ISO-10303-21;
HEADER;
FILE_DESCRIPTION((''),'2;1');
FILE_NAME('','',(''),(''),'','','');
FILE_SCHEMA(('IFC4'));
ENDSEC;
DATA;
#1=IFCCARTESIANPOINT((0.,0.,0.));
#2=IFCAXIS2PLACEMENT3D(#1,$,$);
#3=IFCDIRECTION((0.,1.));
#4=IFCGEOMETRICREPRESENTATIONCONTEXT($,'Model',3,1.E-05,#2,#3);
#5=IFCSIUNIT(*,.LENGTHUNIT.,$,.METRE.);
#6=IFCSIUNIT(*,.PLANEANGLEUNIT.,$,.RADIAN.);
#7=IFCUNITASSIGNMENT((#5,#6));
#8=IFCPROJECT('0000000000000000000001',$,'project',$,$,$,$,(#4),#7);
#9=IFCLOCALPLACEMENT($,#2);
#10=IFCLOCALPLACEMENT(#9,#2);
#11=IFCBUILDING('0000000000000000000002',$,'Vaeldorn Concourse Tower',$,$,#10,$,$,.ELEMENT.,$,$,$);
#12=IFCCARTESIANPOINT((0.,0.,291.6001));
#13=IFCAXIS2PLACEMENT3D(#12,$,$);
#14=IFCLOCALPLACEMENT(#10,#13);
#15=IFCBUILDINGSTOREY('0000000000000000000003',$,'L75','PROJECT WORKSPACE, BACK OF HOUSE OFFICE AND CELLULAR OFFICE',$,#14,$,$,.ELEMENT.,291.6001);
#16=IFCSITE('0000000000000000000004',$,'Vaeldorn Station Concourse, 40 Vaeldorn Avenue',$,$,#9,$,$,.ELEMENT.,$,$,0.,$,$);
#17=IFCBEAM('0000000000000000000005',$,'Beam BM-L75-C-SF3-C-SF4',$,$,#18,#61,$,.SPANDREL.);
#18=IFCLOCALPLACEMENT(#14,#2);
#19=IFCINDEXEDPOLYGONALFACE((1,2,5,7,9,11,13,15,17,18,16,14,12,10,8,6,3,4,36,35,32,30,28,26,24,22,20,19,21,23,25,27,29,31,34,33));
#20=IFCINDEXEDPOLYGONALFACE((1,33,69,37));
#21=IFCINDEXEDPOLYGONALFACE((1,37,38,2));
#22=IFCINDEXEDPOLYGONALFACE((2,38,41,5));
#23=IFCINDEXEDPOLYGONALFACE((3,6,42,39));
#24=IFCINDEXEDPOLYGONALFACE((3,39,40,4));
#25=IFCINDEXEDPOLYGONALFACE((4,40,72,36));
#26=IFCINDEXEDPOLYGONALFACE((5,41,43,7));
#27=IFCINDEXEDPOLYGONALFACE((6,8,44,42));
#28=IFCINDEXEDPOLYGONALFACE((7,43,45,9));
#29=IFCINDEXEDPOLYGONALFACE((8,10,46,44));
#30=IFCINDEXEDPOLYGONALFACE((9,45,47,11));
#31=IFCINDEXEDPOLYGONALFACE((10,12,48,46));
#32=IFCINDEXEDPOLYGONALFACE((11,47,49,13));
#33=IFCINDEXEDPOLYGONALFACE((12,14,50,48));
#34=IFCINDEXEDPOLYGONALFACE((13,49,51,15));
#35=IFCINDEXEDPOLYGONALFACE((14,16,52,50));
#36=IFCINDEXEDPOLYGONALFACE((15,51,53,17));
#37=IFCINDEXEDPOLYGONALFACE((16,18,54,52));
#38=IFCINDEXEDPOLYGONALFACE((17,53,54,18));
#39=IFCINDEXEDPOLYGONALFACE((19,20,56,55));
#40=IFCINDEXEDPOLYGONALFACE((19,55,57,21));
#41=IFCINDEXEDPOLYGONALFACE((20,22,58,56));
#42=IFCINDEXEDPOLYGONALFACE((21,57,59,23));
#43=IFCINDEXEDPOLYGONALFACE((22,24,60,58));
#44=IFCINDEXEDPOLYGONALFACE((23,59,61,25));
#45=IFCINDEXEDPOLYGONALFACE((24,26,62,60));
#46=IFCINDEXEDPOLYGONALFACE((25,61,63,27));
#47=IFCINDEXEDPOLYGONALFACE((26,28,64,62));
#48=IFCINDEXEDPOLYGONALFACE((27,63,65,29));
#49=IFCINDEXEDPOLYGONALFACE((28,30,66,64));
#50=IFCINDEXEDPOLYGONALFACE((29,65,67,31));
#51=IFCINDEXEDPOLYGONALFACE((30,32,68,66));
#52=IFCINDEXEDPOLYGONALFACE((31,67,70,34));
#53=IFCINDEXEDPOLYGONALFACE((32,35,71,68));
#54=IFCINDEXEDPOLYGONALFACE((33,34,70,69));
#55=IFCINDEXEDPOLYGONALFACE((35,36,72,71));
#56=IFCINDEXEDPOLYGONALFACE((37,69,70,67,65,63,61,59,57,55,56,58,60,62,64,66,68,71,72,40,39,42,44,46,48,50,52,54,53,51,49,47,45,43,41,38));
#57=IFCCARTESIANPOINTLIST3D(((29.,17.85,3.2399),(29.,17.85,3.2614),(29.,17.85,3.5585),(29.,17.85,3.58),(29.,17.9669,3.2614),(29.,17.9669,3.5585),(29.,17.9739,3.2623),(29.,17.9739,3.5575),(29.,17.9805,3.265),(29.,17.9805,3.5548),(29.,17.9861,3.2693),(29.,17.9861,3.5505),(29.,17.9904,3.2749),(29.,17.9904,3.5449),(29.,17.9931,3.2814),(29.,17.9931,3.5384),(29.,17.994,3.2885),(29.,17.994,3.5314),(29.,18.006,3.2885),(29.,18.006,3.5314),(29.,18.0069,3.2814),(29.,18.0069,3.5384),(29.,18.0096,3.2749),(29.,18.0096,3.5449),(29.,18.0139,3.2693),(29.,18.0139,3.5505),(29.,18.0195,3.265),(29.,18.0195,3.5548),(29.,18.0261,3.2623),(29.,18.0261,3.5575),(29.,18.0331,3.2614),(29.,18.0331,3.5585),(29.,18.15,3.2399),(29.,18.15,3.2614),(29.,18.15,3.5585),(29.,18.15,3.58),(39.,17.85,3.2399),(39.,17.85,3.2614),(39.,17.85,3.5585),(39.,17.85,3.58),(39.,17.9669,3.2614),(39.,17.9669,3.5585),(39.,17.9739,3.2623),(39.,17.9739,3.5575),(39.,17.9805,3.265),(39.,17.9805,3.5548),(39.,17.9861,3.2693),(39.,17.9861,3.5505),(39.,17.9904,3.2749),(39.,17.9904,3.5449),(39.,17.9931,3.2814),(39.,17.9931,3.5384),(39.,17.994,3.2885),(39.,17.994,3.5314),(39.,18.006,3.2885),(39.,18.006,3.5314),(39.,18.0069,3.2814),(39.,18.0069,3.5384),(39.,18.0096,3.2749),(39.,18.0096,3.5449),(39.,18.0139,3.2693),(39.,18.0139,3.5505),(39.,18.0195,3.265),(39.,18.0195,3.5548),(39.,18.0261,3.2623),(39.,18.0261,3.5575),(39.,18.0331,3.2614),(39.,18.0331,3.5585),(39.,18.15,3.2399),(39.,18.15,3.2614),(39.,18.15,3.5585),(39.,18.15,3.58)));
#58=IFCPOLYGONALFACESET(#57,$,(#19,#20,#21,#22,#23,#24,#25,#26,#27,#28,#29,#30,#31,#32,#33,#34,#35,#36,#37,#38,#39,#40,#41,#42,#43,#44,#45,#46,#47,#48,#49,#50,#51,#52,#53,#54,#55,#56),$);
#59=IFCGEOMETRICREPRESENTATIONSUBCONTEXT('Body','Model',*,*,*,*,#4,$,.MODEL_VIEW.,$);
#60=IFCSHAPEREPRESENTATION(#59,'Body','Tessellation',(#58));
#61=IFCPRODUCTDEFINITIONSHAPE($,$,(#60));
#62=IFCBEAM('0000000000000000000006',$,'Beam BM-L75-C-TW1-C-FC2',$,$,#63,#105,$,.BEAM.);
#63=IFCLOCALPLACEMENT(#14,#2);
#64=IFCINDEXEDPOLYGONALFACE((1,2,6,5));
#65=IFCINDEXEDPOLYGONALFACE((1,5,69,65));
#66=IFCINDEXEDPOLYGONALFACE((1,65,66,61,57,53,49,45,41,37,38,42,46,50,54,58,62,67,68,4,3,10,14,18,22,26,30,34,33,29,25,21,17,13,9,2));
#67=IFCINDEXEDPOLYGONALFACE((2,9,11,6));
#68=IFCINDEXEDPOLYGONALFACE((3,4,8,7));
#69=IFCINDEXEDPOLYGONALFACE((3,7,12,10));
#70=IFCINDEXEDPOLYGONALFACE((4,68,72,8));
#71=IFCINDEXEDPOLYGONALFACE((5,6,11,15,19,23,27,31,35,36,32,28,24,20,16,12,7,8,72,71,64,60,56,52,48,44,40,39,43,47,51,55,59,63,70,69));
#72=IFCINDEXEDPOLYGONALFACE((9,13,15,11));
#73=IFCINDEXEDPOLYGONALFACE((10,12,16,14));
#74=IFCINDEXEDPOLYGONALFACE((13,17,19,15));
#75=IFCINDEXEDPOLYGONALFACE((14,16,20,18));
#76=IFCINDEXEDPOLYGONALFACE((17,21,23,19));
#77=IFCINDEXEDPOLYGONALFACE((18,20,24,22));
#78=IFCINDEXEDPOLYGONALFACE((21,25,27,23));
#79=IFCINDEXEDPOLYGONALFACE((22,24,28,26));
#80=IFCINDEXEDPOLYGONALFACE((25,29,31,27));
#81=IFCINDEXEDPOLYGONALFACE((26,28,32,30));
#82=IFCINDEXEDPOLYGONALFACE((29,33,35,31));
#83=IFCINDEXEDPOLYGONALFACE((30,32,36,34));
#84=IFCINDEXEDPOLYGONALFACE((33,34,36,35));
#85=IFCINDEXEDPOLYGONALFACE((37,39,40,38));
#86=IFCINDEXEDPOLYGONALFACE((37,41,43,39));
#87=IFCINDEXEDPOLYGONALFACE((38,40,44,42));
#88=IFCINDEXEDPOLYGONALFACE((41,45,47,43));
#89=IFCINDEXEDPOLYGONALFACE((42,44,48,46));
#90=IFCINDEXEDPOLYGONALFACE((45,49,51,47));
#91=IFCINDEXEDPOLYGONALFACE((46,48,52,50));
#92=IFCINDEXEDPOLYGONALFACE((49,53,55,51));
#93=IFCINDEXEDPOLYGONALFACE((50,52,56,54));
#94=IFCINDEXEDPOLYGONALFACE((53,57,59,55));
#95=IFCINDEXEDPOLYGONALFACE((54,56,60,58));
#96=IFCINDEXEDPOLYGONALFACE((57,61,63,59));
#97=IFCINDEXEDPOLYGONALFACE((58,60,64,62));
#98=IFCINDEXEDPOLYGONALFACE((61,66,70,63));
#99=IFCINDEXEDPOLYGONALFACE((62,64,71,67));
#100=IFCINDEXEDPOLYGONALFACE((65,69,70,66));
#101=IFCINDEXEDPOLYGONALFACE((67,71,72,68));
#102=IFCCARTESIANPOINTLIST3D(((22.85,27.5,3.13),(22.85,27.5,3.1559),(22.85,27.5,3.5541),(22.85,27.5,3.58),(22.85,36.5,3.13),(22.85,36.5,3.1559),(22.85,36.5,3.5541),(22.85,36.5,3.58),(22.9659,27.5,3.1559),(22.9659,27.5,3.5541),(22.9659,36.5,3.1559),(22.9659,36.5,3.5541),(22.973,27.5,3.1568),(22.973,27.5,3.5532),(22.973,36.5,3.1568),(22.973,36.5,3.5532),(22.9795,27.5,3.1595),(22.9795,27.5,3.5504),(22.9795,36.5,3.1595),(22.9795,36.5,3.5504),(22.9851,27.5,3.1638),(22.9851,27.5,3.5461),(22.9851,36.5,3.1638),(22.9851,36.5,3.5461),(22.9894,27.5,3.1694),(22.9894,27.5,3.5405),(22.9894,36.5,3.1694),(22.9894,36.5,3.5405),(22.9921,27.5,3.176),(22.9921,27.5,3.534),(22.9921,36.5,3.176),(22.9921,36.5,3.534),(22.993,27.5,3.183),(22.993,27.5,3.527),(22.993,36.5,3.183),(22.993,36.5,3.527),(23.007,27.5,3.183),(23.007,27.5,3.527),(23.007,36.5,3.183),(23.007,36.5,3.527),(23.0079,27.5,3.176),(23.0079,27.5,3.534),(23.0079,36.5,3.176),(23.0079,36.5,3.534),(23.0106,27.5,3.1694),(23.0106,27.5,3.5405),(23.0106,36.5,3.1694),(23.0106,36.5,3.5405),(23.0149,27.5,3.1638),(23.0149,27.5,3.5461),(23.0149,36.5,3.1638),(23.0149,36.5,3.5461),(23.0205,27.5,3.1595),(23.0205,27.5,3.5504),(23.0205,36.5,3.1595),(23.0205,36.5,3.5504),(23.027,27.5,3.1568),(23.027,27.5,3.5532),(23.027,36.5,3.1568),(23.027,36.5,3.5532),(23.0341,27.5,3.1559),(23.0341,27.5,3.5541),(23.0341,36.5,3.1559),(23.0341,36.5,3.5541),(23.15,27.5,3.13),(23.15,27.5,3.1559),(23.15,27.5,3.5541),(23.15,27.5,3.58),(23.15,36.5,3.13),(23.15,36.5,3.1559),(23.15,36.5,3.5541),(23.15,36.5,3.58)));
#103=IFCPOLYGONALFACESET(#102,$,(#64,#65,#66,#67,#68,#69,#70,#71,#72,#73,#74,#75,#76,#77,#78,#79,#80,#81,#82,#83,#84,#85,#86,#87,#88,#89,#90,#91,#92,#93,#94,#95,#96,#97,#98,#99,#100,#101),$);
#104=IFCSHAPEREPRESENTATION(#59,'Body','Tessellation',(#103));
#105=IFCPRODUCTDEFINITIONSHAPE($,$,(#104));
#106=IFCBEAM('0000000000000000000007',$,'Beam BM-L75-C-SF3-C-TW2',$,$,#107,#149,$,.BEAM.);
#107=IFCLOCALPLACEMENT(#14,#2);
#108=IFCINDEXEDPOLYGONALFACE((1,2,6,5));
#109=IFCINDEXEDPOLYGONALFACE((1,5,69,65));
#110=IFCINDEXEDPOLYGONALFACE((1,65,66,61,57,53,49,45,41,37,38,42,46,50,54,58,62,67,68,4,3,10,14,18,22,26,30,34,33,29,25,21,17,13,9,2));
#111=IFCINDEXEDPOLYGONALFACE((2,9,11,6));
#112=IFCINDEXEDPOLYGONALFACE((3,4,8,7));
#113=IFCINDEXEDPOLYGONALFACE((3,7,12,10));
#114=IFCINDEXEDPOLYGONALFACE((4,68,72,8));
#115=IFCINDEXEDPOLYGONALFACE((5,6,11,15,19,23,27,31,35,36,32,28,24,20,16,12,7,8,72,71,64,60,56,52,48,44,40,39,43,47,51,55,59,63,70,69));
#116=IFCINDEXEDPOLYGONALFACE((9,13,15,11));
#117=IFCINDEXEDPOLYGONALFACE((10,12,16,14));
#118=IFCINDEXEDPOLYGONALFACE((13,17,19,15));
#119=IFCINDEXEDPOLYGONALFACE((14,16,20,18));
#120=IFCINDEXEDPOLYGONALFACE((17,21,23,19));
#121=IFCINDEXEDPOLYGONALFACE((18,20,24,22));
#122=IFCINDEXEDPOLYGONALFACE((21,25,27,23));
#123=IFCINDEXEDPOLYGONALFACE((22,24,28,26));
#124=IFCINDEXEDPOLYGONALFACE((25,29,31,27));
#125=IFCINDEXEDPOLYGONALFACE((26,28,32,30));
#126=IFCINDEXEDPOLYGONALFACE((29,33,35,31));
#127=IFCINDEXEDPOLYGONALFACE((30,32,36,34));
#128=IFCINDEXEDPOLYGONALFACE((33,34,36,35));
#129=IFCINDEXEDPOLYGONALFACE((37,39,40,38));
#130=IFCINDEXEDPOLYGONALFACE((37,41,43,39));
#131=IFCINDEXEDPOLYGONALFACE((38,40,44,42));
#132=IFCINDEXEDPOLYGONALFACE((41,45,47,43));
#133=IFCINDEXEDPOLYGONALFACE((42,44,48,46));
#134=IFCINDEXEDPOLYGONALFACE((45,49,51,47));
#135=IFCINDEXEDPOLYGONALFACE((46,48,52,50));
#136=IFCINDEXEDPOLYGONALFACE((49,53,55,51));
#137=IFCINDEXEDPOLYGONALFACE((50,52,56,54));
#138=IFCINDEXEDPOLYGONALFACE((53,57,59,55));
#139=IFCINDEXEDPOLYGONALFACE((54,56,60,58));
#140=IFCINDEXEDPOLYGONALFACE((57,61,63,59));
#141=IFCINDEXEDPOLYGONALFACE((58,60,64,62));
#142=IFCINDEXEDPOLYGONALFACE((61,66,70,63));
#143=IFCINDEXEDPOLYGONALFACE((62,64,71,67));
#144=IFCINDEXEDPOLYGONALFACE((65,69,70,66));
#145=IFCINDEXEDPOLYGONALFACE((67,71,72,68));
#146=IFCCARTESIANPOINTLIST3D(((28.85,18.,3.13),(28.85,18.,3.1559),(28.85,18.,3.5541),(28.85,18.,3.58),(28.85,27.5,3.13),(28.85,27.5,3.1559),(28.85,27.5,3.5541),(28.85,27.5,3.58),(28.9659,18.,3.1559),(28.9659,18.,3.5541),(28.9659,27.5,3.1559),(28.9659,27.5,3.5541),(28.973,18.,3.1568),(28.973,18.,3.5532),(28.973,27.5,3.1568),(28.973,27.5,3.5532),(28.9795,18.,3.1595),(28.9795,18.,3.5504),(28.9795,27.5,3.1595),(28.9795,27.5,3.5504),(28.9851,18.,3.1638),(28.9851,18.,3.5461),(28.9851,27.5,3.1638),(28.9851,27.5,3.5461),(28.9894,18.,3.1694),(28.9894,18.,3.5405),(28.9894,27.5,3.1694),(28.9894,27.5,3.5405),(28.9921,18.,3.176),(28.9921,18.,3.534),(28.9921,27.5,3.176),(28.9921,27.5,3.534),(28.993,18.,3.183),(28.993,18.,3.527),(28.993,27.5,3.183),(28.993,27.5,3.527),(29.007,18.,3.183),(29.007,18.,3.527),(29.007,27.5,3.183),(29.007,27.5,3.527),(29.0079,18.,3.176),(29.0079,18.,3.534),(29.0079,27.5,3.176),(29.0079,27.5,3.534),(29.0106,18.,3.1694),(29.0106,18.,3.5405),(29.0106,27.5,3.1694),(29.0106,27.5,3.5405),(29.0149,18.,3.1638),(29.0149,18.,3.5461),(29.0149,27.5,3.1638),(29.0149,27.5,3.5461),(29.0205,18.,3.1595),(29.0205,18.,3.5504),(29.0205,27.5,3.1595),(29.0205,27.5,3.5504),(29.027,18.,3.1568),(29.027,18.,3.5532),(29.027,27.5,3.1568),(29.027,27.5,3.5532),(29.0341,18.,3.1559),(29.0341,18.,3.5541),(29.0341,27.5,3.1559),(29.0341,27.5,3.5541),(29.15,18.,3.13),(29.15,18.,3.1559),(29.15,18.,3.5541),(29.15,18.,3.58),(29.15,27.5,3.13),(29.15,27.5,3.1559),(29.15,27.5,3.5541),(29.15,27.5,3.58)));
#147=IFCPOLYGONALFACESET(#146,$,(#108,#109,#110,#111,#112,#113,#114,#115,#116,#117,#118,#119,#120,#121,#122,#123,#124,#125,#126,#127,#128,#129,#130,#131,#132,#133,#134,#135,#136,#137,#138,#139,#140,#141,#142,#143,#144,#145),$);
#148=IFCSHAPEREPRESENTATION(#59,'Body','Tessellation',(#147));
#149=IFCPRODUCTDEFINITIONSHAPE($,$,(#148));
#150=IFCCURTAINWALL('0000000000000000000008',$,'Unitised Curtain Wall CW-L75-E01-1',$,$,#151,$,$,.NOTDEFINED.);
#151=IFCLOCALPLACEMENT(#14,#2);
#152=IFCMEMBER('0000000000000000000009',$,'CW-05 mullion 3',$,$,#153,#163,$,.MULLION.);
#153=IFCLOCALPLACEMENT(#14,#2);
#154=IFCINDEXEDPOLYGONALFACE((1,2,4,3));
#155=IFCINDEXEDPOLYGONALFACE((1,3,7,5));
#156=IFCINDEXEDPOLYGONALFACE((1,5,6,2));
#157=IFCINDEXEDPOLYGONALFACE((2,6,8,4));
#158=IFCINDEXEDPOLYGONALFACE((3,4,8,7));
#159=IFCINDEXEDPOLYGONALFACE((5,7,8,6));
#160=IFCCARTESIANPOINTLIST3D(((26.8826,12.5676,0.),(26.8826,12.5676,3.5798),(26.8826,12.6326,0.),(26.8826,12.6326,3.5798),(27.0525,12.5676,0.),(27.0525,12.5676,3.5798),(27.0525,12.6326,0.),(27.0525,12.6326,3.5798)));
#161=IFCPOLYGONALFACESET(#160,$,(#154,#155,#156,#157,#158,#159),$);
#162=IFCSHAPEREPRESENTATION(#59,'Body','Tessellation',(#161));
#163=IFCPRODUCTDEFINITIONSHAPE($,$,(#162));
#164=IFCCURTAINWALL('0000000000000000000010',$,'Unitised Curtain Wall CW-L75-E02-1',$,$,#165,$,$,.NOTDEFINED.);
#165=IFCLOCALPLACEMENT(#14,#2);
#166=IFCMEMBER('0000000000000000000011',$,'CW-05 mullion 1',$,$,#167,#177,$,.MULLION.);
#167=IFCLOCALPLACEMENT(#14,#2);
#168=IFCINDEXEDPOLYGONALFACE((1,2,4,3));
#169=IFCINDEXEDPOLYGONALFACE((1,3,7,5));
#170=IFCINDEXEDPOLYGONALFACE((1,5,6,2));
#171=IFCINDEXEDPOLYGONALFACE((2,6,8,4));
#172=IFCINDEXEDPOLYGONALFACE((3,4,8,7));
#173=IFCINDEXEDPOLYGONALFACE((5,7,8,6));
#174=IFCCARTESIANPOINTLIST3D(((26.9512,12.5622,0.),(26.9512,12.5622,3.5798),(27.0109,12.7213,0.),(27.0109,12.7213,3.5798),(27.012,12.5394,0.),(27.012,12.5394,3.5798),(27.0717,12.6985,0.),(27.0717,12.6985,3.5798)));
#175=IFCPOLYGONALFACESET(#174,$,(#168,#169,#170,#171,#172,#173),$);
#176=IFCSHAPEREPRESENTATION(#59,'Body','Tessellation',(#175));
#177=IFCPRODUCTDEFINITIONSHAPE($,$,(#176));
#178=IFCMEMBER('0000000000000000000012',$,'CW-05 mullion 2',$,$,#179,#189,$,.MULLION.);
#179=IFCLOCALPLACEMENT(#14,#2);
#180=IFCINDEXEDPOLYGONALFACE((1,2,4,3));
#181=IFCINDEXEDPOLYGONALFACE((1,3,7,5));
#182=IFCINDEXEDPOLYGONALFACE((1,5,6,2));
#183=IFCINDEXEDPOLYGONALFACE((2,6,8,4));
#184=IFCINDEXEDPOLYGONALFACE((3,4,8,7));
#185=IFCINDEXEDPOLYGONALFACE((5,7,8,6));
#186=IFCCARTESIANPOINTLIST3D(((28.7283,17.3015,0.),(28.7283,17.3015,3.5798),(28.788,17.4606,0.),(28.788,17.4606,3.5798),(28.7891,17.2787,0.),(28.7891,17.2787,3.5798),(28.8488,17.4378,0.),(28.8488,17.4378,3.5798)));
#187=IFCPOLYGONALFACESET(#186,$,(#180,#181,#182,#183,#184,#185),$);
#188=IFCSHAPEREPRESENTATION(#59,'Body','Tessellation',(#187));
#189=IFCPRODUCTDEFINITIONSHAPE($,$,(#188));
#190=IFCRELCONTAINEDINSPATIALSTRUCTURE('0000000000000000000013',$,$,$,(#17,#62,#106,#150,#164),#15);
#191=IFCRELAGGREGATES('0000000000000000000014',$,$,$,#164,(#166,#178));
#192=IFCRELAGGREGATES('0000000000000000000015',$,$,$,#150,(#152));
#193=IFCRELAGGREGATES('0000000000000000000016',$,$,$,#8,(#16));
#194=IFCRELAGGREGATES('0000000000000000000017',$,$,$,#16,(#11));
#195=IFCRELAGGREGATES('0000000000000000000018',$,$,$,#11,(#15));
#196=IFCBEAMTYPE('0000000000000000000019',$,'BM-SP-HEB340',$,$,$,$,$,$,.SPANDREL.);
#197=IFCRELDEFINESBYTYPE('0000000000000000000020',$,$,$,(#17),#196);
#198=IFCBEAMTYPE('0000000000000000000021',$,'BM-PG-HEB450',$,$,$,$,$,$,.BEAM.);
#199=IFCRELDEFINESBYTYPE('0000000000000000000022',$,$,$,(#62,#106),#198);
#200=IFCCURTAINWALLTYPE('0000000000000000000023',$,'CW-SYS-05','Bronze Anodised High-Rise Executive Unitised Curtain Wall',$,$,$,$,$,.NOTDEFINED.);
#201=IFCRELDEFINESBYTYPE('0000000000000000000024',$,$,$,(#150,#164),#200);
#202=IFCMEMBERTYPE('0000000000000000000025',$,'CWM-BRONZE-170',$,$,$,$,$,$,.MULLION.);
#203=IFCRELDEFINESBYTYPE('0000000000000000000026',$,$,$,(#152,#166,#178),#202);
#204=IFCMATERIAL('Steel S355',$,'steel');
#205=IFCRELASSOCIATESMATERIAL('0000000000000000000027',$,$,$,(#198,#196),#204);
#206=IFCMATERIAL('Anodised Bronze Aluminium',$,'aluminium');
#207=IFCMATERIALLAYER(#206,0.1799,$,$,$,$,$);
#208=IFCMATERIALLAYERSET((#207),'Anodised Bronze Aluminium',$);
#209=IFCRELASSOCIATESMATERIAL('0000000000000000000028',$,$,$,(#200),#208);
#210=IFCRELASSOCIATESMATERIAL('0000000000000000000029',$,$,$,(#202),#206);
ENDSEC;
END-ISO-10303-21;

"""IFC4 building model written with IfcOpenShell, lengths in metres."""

from ifc_helpers import new_model, si_unit, direction, frame, origin, origin_2d, place, context, subcontext, project, spatial, rectangle, i_section, extrude, source, transform, mapped, material, layer, layer_set, material_profile, profile_set, type_object, element, aggregate, save


model = new_model("IFC4")

# Units and contexts
model_context = context("Model", 3, precision=1e-05, world=origin(), true_north=direction((0.0, 1.0)))
body_context = subcontext(model_context, "Body", "Model", "MODEL_VIEW")
ifc_project = project(units=[si_unit("LENGTHUNIT", "METRE"), si_unit("PLANEANGLEUNIT", "RADIAN")], contexts=[model_context])

# Site, building, storey
site_placement = place(None, origin())
site = spatial("IfcSite", under=ifc_project, at=site_placement, Name="Vaeldorn Station Concourse, 40 Vaeldorn Avenue", CompositionType="ELEMENT", RefElevation=0.0)
building_placement = place(site_placement, origin())
building = spatial("IfcBuilding", under=site, at=building_placement, Name="Vaeldorn Concourse Tower", CompositionType="ELEMENT")
storey_placement = place(building_placement, frame((0.0, 0.0, 291.6001)))
storey = spatial("IfcBuildingStorey", under=building, at=storey_placement, Name="L75", Description="PROJECT WORKSPACE, BACK OF HOUSE OFFICE AND CELLULAR OFFICE", CompositionType="ELEMENT", Elevation=291.6001)

# Shared definitions
ifc_material_1 = material(Name="Steel S355", Category="steel")

# Beams
ifc_material_profile_1 = material_profile(ifc_material_1, i_section(OverallWidth=0.3, OverallDepth=0.45, WebThickness=0.0139, FlangeThickness=0.0259, FilletRadius=0.0271, at=origin_2d()), Name="HEB 450")
ifc_profile_set_1 = profile_set([ifc_material_profile_1], Name="Steel S355")
beam_type_1 = type_object("IfcBeamType", Name="BM-PG-HEB450", PredefinedType="BEAM", material=ifc_profile_set_1)
ifc_material_profile_2 = material_profile(ifc_material_1, i_section(OverallWidth=0.3, OverallDepth=0.3401, WebThickness=0.012, FlangeThickness=0.0215, FilletRadius=0.0271, at=origin_2d()), Name="HEB 340")
ifc_profile_set_2 = profile_set([ifc_material_profile_2], Name="Steel S355")
beam_type_2 = type_object("IfcBeamType", Name="BM-SP-HEB340", PredefinedType="SPANDREL", material=ifc_profile_set_2)
shared_shape_1 = source(origin(), body_context, "Body", "SweptSolid", [
    extrude(i_section(OverallWidth=0.3, OverallDepth=0.3401, WebThickness=0.012, FlangeThickness=0.0215, FilletRadius=0.0271, at=origin_2d()), origin(), (0.0, 0.0, 1.0), 10.0),
])
beam_1_placement = place(storey_placement, frame((29.0, 18.0, 3.4099), z_axis=(1.0, 0.0, 0.0), x_axis=(0.0, 1.0, 0.0)))
element("IfcBeam", 1, at=beam_1_placement, inside=storey, type_object=beam_type_2, Name="Beam BM-L75-C-SF3-C-SF4", PredefinedType="SPANDREL", context=body_context, shape_type="MappedRepresentation", body=[
    mapped(shared_shape_1, transform((0.0, 0.0, 0.0), scale=1.0)),
])
shared_shape_2 = source(origin(), body_context, "Body", "SweptSolid", [
    extrude(i_section(OverallWidth=0.3, OverallDepth=0.45, WebThickness=0.0139, FlangeThickness=0.0259, FilletRadius=0.0271, at=origin_2d()), origin(), (0.0, 0.0, 1.0), 9.0),
])
beam_2_placement = place(storey_placement, frame((23.0, 27.5, 3.355), z_axis=(0.0, 1.0, 0.0), x_axis=(-1.0, 0.0, 0.0)))
element("IfcBeam", 2, at=beam_2_placement, inside=storey, type_object=beam_type_1, Name="Beam BM-L75-C-TW1-C-FC2", PredefinedType="BEAM", context=body_context, shape_type="MappedRepresentation", body=[
    mapped(shared_shape_2, transform((0.0, 0.0, 0.0), scale=1.0)),
])
shared_shape_3 = source(origin(), body_context, "Body", "SweptSolid", [
    extrude(i_section(OverallWidth=0.3, OverallDepth=0.45, WebThickness=0.0139, FlangeThickness=0.0259, FilletRadius=0.0271, at=origin_2d()), origin(), (0.0, 0.0, 1.0), 9.5),
])
beam_3_placement = place(storey_placement, frame((29.0, 18.0, 3.355), z_axis=(0.0, 1.0, 0.0), x_axis=(-1.0, 0.0, 0.0)))
element("IfcBeam", 3, at=beam_3_placement, inside=storey, type_object=beam_type_1, Name="Beam BM-L75-C-SF3-C-TW2", PredefinedType="BEAM", context=body_context, shape_type="MappedRepresentation", body=[
    mapped(shared_shape_3, transform((0.0, 0.0, 0.0), scale=1.0)),
])

# Curtain wall, member
ifc_material_2 = material(Name="Anodised Bronze Aluminium", Category="aluminium")
ifc_layer_1 = layer(ifc_material_2, 0.1799)
ifc_layer_set_1 = layer_set([ifc_layer_1], Name="Anodised Bronze Aluminium")
curtain_wall_type = type_object("IfcCurtainWallType", Name="CW-SYS-05", Description="Bronze Anodised High-Rise Executive Unitised Curtain Wall", PredefinedType="NOTDEFINED", material=ifc_layer_set_1)
curtain_wall_1_placement = place(storey_placement, origin())
curtain_wall_1 = element("IfcCurtainWall", 4, at=curtain_wall_1_placement, inside=storey, type_object=curtain_wall_type, Name="Unitised Curtain Wall CW-L75-E01-1", PredefinedType="NOTDEFINED")
ifc_material_profile_3 = material_profile(ifc_material_2, rectangle(XDim=0.0649, YDim=0.1699, at=origin_2d()), Name="CWM 65x170")
ifc_profile_set_3 = profile_set([ifc_material_profile_3], Name="Anodised Bronze Aluminium")
member_type_1 = type_object("IfcMemberType", Name="CWM-BRONZE-170", PredefinedType="MULLION", material=ifc_profile_set_3)
shared_shape_4 = source(origin(), body_context, "Body", "SweptSolid", [
    extrude(rectangle(XDim=0.0649, YDim=0.1699, at=origin_2d()), origin(), (0.0, 0.0, 1.0), 3.5798),
])
member_1_placement = place(storey_placement, frame((26.9675, 12.6001, 0.0), z_axis=(0.0, 0.0, 1.0), x_axis=(0.0, 1.0, 0.0)))
member_1 = element("IfcMember", 5, at=member_1_placement, type_object=member_type_1, Name="CW-05 mullion 3", PredefinedType="MULLION", context=body_context, shape_type="MappedRepresentation", body=[
    mapped(shared_shape_4, transform((0.0, 0.0, 0.0), scale=1.0)),
])

# Curtain wall, members
curtain_wall_2_placement = place(storey_placement, origin())
curtain_wall_2 = element("IfcCurtainWall", 6, at=curtain_wall_2_placement, inside=storey, type_object=curtain_wall_type, Name="Unitised Curtain Wall CW-L75-E02-1", PredefinedType="NOTDEFINED")
member_2_placement = place(storey_placement, frame((27.0115, 12.6304, 0.0), z_axis=(0.0, 0.0, 1.0), x_axis=(-0.936329, 0.351123, 0.0)))
member_2 = element("IfcMember", 7, at=member_2_placement, type_object=member_type_1, Name="CW-05 mullion 1", PredefinedType="MULLION", context=body_context, shape_type="MappedRepresentation", body=[
    mapped(shared_shape_4, transform((0.0, 0.0, 0.0), scale=1.0)),
])
member_3_placement = place(storey_placement, frame((28.7886, 17.3696, 0.0), z_axis=(0.0, 0.0, 1.0), x_axis=(-0.936329, 0.351123, 0.0)))
member_3 = element("IfcMember", 8, at=member_3_placement, type_object=member_type_1, Name="CW-05 mullion 2", PredefinedType="MULLION", context=body_context, shape_type="MappedRepresentation", body=[
    mapped(shared_shape_4, transform((0.0, 0.0, 0.0), scale=1.0)),
])

aggregate(curtain_wall_2, [member_2, member_3])
aggregate(curtain_wall_1, [member_1])

save(model, "model.ifc")
